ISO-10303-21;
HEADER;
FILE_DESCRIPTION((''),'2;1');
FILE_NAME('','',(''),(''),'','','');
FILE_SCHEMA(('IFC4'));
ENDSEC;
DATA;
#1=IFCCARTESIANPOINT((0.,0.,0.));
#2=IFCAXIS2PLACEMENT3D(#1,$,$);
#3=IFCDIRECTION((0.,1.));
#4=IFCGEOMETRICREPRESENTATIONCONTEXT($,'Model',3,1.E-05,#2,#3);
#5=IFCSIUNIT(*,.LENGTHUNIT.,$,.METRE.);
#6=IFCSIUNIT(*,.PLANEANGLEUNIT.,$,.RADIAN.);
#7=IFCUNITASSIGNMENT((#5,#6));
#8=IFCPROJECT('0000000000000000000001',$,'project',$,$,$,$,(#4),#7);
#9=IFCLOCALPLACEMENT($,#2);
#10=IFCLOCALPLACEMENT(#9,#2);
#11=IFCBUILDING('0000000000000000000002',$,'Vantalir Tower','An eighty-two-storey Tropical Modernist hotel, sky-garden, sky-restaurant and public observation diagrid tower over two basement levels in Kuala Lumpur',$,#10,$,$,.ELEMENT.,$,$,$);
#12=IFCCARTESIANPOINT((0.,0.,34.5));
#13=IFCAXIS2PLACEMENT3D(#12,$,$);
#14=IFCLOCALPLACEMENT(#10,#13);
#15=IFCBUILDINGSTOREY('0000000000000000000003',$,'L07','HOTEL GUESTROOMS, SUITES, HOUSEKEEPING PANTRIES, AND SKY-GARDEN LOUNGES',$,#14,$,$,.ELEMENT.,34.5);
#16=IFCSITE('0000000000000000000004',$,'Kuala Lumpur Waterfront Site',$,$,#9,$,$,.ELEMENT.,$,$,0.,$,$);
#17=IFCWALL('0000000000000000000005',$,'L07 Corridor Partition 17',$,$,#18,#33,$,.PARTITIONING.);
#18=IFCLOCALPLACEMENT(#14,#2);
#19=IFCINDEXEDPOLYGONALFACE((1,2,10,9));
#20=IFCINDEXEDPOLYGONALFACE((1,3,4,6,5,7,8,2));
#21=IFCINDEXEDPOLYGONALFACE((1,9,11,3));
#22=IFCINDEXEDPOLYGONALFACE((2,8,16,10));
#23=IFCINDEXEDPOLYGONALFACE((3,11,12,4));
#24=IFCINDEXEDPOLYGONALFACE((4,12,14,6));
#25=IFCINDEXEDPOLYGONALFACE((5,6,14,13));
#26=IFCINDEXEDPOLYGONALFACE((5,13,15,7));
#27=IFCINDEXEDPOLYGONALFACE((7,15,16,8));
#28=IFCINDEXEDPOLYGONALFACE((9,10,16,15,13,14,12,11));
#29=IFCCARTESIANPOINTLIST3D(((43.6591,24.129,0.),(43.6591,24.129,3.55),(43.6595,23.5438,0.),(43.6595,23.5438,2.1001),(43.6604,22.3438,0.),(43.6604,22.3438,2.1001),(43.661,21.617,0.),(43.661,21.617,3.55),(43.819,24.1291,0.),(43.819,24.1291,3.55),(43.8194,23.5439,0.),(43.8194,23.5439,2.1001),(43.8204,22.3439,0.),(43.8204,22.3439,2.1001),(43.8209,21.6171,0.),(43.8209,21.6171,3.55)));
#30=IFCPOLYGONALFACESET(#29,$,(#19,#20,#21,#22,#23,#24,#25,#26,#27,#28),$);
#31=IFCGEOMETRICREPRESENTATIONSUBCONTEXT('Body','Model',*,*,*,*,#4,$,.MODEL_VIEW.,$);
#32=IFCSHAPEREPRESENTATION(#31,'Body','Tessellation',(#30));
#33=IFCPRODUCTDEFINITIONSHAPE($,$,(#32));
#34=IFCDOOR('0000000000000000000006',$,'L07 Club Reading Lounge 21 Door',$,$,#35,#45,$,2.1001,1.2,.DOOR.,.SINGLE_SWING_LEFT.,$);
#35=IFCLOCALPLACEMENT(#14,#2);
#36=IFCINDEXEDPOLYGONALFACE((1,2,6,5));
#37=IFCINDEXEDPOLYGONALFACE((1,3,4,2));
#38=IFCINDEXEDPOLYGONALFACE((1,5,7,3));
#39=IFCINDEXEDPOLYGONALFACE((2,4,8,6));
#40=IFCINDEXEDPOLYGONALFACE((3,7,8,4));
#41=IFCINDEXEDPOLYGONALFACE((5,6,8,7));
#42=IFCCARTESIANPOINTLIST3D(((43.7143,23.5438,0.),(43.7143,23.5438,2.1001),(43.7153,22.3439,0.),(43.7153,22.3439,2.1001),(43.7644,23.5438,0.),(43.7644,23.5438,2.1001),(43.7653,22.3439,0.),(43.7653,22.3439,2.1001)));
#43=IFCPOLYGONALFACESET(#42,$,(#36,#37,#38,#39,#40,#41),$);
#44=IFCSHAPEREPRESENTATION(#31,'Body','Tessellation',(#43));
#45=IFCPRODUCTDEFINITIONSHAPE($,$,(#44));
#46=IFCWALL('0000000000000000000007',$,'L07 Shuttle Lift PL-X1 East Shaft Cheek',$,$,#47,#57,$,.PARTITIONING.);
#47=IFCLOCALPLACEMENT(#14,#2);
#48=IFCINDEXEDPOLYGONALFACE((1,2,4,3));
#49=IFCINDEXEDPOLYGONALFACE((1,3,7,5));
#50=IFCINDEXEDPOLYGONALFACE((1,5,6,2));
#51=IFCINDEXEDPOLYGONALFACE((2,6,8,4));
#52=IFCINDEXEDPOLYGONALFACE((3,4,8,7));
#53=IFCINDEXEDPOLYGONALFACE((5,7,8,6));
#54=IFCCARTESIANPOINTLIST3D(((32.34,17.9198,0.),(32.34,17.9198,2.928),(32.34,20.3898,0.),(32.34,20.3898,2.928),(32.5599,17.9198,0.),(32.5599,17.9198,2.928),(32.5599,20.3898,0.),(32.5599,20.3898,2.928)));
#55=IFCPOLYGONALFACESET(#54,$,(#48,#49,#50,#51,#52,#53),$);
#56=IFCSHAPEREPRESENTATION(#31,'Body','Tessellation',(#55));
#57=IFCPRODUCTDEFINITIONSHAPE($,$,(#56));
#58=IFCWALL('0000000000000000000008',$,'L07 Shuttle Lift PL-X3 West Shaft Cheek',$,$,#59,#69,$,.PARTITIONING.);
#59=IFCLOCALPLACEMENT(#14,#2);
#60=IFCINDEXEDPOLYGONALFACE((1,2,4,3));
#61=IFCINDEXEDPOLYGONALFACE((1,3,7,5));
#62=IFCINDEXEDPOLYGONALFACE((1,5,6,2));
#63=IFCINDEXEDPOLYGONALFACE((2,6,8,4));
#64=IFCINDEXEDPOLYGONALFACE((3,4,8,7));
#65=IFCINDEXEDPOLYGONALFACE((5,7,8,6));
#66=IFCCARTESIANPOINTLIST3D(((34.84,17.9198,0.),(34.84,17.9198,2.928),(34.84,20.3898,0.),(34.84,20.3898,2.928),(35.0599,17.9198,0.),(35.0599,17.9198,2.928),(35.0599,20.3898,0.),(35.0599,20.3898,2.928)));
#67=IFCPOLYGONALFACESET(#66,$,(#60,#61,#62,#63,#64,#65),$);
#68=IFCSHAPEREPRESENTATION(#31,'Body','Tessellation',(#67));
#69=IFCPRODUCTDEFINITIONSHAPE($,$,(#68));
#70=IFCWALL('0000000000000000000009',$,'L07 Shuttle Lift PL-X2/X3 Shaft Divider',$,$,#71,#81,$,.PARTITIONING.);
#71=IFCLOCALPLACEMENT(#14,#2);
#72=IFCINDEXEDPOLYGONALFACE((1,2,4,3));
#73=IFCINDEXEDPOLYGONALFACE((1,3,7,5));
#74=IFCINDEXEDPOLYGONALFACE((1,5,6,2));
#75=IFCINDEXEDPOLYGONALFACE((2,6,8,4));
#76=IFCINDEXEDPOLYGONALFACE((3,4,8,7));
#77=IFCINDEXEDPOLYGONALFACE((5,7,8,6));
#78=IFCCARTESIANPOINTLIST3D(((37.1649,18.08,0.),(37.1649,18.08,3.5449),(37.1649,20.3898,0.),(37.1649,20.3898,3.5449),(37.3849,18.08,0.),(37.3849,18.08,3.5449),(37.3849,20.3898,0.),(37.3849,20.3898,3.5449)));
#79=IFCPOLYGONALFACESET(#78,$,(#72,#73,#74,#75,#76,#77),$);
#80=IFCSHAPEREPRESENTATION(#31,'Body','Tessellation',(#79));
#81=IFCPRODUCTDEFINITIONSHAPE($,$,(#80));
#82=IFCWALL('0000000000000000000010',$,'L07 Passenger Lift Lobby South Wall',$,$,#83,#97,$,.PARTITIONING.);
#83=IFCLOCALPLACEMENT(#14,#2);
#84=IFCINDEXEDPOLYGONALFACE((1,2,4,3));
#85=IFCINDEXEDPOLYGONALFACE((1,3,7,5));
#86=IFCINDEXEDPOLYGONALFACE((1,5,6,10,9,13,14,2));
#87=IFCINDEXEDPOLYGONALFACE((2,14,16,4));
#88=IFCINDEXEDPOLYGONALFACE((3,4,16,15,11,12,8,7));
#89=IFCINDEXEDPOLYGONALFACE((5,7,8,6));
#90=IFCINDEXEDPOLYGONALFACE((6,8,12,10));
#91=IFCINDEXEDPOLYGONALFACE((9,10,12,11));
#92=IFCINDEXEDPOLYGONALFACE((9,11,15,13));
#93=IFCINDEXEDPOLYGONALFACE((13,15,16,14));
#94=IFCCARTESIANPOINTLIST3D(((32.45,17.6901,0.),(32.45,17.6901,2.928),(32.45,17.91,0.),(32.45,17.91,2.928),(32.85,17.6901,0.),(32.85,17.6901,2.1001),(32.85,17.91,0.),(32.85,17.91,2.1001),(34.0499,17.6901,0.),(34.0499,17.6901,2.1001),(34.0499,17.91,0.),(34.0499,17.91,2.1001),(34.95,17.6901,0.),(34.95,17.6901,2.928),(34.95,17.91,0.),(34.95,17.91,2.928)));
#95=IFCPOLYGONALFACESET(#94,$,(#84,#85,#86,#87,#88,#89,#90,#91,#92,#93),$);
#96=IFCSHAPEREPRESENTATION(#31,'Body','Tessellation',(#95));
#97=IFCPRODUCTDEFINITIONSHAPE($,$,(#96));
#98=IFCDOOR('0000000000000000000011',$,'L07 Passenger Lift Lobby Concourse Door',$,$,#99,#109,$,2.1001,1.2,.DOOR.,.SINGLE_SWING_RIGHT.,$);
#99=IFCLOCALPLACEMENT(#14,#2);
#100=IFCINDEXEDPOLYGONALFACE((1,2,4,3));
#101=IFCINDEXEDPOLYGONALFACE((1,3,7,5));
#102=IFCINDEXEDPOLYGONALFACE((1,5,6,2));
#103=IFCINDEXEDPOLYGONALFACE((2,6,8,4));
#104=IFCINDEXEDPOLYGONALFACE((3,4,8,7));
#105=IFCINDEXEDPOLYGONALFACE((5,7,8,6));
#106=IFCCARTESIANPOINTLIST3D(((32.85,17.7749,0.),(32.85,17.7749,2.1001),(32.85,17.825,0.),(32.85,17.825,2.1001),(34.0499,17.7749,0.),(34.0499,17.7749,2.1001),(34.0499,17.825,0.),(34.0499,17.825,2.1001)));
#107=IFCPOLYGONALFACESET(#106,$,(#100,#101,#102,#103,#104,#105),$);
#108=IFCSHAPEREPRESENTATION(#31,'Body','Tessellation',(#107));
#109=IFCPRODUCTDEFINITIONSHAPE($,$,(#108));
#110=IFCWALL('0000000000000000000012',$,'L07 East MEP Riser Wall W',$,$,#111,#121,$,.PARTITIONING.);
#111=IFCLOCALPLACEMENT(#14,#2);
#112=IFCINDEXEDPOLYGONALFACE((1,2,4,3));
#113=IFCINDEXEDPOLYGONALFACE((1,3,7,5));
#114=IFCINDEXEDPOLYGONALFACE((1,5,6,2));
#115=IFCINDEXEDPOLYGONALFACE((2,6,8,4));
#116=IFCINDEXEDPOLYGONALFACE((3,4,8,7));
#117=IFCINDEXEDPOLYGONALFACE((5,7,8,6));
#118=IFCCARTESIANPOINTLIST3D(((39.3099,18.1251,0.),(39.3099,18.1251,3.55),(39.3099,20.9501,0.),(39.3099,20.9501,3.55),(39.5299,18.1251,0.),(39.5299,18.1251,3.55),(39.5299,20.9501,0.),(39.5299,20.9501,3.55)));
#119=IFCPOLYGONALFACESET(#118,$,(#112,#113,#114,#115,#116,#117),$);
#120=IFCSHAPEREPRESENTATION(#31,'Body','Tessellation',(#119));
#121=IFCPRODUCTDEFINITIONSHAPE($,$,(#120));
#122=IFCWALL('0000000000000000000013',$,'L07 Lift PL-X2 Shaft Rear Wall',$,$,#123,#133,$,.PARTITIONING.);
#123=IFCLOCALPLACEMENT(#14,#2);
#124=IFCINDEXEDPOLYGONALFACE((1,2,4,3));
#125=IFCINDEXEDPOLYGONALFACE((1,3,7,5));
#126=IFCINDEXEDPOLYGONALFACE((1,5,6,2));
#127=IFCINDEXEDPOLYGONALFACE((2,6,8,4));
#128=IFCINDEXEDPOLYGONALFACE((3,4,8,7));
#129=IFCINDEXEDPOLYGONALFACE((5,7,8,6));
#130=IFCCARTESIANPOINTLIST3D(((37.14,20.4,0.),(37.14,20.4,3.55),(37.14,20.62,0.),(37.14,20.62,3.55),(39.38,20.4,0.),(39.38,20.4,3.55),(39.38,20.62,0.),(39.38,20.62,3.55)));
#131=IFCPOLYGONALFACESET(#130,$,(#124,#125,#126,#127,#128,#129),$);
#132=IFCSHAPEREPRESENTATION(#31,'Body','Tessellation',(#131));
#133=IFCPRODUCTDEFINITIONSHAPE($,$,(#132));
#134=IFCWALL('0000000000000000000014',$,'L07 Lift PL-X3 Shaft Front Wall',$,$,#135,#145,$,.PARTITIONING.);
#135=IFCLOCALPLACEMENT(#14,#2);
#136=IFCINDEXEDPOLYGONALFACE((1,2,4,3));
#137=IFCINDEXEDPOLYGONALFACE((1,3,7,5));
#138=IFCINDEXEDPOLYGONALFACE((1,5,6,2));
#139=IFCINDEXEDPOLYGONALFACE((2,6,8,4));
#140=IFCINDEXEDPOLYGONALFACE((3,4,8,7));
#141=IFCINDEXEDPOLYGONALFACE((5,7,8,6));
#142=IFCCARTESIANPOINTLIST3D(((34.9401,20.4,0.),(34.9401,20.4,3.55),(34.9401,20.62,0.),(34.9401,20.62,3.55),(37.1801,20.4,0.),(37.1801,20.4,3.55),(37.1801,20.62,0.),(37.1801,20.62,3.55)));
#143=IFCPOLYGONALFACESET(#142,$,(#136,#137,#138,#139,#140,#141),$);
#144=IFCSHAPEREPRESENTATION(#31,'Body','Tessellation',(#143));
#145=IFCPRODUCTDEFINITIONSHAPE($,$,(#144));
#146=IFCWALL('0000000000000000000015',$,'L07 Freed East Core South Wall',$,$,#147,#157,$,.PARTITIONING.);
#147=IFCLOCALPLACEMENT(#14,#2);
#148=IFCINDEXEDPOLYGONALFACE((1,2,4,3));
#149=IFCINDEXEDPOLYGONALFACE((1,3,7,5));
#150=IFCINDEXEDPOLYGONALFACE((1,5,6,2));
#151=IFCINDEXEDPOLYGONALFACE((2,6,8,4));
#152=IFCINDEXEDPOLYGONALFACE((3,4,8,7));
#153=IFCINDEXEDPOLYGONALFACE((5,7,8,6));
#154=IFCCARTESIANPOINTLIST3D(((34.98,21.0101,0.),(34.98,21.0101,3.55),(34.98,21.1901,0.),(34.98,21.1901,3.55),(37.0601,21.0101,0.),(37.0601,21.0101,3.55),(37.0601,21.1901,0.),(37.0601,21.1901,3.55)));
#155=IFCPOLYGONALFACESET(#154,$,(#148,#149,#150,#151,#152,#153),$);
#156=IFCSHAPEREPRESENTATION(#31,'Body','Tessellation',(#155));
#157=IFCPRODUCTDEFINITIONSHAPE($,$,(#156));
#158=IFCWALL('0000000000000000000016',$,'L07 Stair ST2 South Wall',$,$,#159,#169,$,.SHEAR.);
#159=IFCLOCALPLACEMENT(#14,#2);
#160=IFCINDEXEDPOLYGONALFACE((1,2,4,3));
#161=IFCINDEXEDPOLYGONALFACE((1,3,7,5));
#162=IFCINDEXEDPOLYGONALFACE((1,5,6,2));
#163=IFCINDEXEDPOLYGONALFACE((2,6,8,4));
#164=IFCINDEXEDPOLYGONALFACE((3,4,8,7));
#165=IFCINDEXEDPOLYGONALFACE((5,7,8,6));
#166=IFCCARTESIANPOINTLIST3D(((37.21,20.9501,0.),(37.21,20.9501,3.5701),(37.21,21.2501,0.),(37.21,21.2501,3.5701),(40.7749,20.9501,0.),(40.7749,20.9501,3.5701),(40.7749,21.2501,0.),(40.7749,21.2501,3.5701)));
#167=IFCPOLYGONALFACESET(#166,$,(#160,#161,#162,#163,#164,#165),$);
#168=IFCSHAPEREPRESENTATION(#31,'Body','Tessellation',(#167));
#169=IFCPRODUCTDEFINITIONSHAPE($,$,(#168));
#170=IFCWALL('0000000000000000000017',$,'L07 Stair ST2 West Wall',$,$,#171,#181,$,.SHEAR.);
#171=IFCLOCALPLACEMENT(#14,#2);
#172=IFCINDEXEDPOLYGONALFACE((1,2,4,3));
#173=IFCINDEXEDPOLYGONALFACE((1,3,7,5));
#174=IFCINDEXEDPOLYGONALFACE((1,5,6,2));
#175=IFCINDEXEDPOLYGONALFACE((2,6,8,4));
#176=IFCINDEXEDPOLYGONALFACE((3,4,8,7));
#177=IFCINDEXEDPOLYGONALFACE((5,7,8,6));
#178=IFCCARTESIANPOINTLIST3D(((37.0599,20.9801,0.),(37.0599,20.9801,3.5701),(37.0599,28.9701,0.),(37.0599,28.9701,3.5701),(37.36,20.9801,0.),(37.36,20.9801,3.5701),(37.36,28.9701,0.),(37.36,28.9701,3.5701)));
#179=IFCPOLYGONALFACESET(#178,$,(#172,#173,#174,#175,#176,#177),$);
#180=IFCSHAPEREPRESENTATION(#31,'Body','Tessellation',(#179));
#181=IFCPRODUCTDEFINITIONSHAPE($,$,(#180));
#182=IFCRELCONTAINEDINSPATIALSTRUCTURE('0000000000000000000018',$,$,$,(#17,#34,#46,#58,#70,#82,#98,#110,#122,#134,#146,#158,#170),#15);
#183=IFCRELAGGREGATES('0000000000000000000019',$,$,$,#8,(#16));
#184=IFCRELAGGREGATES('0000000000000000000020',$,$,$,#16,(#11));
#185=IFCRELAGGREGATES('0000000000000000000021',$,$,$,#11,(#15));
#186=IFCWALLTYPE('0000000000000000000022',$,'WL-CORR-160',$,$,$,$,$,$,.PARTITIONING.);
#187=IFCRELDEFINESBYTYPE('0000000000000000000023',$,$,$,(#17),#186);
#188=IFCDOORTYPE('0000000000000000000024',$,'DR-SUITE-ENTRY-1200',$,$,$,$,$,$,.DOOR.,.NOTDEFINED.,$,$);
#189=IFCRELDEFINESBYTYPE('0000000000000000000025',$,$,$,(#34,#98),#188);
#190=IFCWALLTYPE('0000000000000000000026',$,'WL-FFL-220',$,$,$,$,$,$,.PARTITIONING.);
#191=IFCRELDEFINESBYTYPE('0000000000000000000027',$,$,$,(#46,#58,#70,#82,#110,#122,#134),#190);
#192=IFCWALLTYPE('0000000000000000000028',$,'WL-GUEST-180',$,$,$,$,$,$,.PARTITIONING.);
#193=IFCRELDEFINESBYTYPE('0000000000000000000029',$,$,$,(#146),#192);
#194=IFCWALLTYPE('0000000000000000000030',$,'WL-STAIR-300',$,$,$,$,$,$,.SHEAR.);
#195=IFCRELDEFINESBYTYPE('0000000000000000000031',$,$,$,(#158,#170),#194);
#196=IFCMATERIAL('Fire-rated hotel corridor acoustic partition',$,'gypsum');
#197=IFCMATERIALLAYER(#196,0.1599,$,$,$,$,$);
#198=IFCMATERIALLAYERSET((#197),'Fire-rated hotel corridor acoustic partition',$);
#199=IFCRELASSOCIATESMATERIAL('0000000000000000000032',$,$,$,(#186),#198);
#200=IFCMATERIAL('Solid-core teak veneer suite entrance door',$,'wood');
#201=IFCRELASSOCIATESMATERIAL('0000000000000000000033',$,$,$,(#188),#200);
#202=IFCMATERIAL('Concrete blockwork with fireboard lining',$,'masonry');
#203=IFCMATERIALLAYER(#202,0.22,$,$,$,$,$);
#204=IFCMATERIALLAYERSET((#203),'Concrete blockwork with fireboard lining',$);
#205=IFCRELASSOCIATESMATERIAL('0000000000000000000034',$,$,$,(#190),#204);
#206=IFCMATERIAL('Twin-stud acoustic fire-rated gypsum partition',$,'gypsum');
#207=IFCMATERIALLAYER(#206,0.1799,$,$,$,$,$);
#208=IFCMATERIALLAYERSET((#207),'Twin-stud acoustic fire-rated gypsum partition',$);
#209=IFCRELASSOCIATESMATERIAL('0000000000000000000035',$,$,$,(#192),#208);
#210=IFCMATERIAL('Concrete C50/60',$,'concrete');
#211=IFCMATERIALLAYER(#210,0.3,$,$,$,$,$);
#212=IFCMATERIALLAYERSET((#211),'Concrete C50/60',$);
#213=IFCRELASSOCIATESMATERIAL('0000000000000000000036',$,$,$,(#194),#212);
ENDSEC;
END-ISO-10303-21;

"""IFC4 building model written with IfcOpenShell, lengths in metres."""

from ifc_helpers import new_model, si_unit, direction, frame, frame_2d, origin, place, context, subcontext, project, spatial, rectangle, extrude, material, layer, layer_set, type_object, element, fill, save


model = new_model("IFC4")

# Units and contexts
model_context = context("Model", 3, precision=1e-05, world=origin(), true_north=direction((0.0, 1.0)))
body_context = subcontext(model_context, "Body", "Model", "MODEL_VIEW")
ifc_project = project(units=[si_unit("LENGTHUNIT", "METRE"), si_unit("PLANEANGLEUNIT", "RADIAN")], contexts=[model_context])

# Site, building, storey
site_placement = place(None, origin())
site = spatial("IfcSite", under=ifc_project, at=site_placement, Name="Kuala Lumpur Waterfront Site", CompositionType="ELEMENT", RefElevation=0.0)
building_placement = place(site_placement, origin())
building = spatial("IfcBuilding", under=site, at=building_placement, Name="Vantalir Tower", Description="An eighty-two-storey Tropical Modernist hotel, sky-garden, sky-restaurant and public observation diagrid tower over two basement levels in Kuala Lumpur", CompositionType="ELEMENT")
storey_placement = place(building_placement, frame((0.0, 0.0, 34.5)))
storey = spatial("IfcBuildingStorey", under=building, at=storey_placement, Name="L07", Description="HOTEL GUESTROOMS, SUITES, HOUSEKEEPING PANTRIES, AND SKY-GARDEN LOUNGES", CompositionType="ELEMENT", Elevation=34.5)

# Wall, opening, door
ifc_material_1 = material(Name="Fire-rated hotel corridor acoustic partition", Category="gypsum")
ifc_layer_1 = layer(ifc_material_1, 0.1599)
ifc_layer_set_1 = layer_set([ifc_layer_1], Name="Fire-rated hotel corridor acoustic partition")
wall_type_1 = type_object("IfcWallType", Name="WL-CORR-160", PredefinedType="PARTITIONING", material=ifc_layer_set_1)
wall_1_placement = place(storey_placement, frame((43.739, 24.1289, 0.0), z_axis=(0.0, 0.0, 1.0), x_axis=(0.000778, -1.0, 0.0)))
wall_1 = element("IfcWall", 1, at=wall_1_placement, inside=storey, type_object=wall_type_1, Name="L07 Corridor Partition 17", PredefinedType="PARTITIONING", context=body_context, shape_type="SweptSolid", body=[
    extrude(rectangle(XDim=2.512, YDim=0.1599, at=frame_2d((1.2559, 0.0))), origin(), (0.0, 0.0, 1.0), 3.55),
])
opening_1_placement = place(wall_1_placement, frame((0.585, 0.0, 0.0)))
opening_1 = element("IfcOpeningElement", 2, at=opening_1_placement, cuts=wall_1, PredefinedType="OPENING", context=body_context, shape_type="SweptSolid", body=[
    extrude(rectangle(XDim=1.2, YDim=2.1001, at=frame_2d((0.6001, 1.05))), frame((0.0, 0.0898, 0.0), z_axis=(0.0, -1.0, 0.0), x_axis=(1.0, 0.0, 0.0)), (0.0, 0.0, 1.0), 0.1799),
])
ifc_material_2 = material(Name="Solid-core teak veneer suite entrance door", Category="wood")
door_type_1 = type_object("IfcDoorType", Name="DR-SUITE-ENTRY-1200", OperationType="NOTDEFINED", PredefinedType="DOOR", material=ifc_material_2)
door_1_placement = place(opening_1_placement, origin())
door_1 = element("IfcDoor", 3, at=door_1_placement, inside=storey, type_object=door_type_1, Name="L07 Club Reading Lounge 21 Door", OperationType="SINGLE_SWING_LEFT", OverallHeight=2.1001, OverallWidth=1.2, PredefinedType="DOOR", context=body_context, shape_type="SweptSolid", body=[
    extrude(rectangle(XDim=1.2, YDim=2.1001, at=frame_2d((0.6001, 1.05))), frame((0.0, 0.0249, 0.0), z_axis=(0.0, -1.0, 0.0), x_axis=(1.0, 0.0, 0.0)), (0.0, 0.0, 1.0), 0.05),
])
fill(opening_1, door_1)

# Walls
ifc_material_3 = material(Name="Concrete blockwork with fireboard lining", Category="masonry")
ifc_layer_2 = layer(ifc_material_3, 0.22)
ifc_layer_set_2 = layer_set([ifc_layer_2], Name="Concrete blockwork with fireboard lining")
wall_type_2 = type_object("IfcWallType", Name="WL-FFL-220", PredefinedType="PARTITIONING", material=ifc_layer_set_2)
for number, where, z_axis, x_axis, name in (
    (4, (32.45, 17.9199, 0.0), (0.0, 0.0, 1.0), (0.0, 1.0, 0.0), "L07 Shuttle Lift PL-X1 East Shaft Cheek"),
    (5, (34.95, 17.9199, 0.0), (0.0, 0.0, 1.0), (0.0, 1.0, 0.0), "L07 Shuttle Lift PL-X3 West Shaft Cheek"),
):
    element("IfcWall", number, at=place(storey_placement, frame(where, z_axis=z_axis, x_axis=x_axis)), inside=storey, type_object=wall_type_2, Name=name, PredefinedType="PARTITIONING", context=body_context, shape_type="SweptSolid", body=[
        extrude(rectangle(XDim=2.47, YDim=0.22, at=frame_2d((1.2349, 0.0))), origin(), (0.0, 0.0, 1.0), 2.928),
    ])
wall_2_placement = place(storey_placement, frame((37.2749, 18.0801, 0.0), z_axis=(0.0, 0.0, 1.0), x_axis=(0.0, 1.0, 0.0)))
element("IfcWall", 6, at=wall_2_placement, inside=storey, type_object=wall_type_2, Name="L07 Shuttle Lift PL-X2/X3 Shaft Divider", PredefinedType="PARTITIONING", context=body_context, shape_type="SweptSolid", body=[
    extrude(rectangle(XDim=2.3098, YDim=0.22, at=frame_2d((1.1548, 0.0))), origin(), (0.0, 0.0, 1.0), 3.5449),
])

# Wall, opening, door
wall_3_placement = place(storey_placement, frame((32.45, 17.8, 0.0), z_axis=(0.0, 0.0, 1.0), x_axis=(1.0, 0.0, 0.0)))
wall_3 = element("IfcWall", 7, at=wall_3_placement, inside=storey, type_object=wall_type_2, Name="L07 Passenger Lift Lobby South Wall", PredefinedType="PARTITIONING", context=body_context, shape_type="SweptSolid", body=[
    extrude(rectangle(XDim=2.5, YDim=0.22, at=frame_2d((1.25, 0.0))), origin(), (0.0, 0.0, 1.0), 2.928),
])
opening_2_placement = place(wall_3_placement, frame((0.3999, 0.0, 0.0)))
opening_2 = element("IfcOpeningElement", 8, at=opening_2_placement, cuts=wall_3, PredefinedType="OPENING", context=body_context, shape_type="SweptSolid", body=[
    extrude(rectangle(XDim=1.2, YDim=2.1001, at=frame_2d((0.6001, 1.05))), frame((0.0, 0.1199, 0.0), z_axis=(0.0, -1.0, 0.0), x_axis=(1.0, 0.0, 0.0)), (0.0, 0.0, 1.0), 0.24),
])
door_2_placement = place(opening_2_placement, origin())
door_2 = element("IfcDoor", 9, at=door_2_placement, inside=storey, type_object=door_type_1, Name="L07 Passenger Lift Lobby Concourse Door", OperationType="SINGLE_SWING_RIGHT", OverallHeight=2.1001, OverallWidth=1.2, PredefinedType="DOOR", context=body_context, shape_type="SweptSolid", body=[
    extrude(rectangle(XDim=1.2, YDim=2.1001, at=frame_2d((0.6001, 1.05))), frame((0.0, 0.0249, 0.0), z_axis=(0.0, -1.0, 0.0), x_axis=(1.0, 0.0, 0.0)), (0.0, 0.0, 1.0), 0.05),
])
fill(opening_2, door_2)

# Walls
wall_4_placement = place(storey_placement, frame((39.4199, 18.125, 0.0), z_axis=(0.0, 0.0, 1.0), x_axis=(0.0, 1.0, 0.0)))
element("IfcWall", 10, at=wall_4_placement, inside=storey, type_object=wall_type_2, Name="L07 East MEP Riser Wall W", PredefinedType="PARTITIONING", context=body_context, shape_type="SweptSolid", body=[
    extrude(rectangle(XDim=2.825, YDim=0.22, at=frame_2d((1.4126, 0.0))), origin(), (0.0, 0.0, 1.0), 3.55),
])
for number, where, z_axis, x_axis, name in (
    (11, (37.1399, 20.51, 0.0), (0.0, 0.0, 1.0), (1.0, 0.0, 0.0), "L07 Lift PL-X2 Shaft Rear Wall"),
    (12, (34.9399, 20.51, 0.0), (0.0, 0.0, 1.0), (1.0, 0.0, 0.0), "L07 Lift PL-X3 Shaft Front Wall"),
):
    element("IfcWall", number, at=place(storey_placement, frame(where, z_axis=z_axis, x_axis=x_axis)), inside=storey, type_object=wall_type_2, Name=name, PredefinedType="PARTITIONING", context=body_context, shape_type="SweptSolid", body=[
        extrude(rectangle(XDim=2.24, YDim=0.22, at=frame_2d((1.1201, 0.0))), origin(), (0.0, 0.0, 1.0), 3.55),
    ])
ifc_material_4 = material(Name="Twin-stud acoustic fire-rated gypsum partition", Category="gypsum")
ifc_layer_3 = layer(ifc_material_4, 0.1799)
ifc_layer_set_3 = layer_set([ifc_layer_3], Name="Twin-stud acoustic fire-rated gypsum partition")
wall_type_3 = type_object("IfcWallType", Name="WL-GUEST-180", PredefinedType="PARTITIONING", material=ifc_layer_set_3)
wall_5_placement = place(storey_placement, frame((34.98, 21.1001, 0.0), z_axis=(0.0, 0.0, 1.0), x_axis=(1.0, 0.0, 0.0)))
element("IfcWall", 13, at=wall_5_placement, inside=storey, type_object=wall_type_3, Name="L07 Freed East Core South Wall", PredefinedType="PARTITIONING", context=body_context, shape_type="SweptSolid", body=[
    extrude(rectangle(XDim=2.0801, YDim=0.1799, at=frame_2d((1.04, 0.0))), origin(), (0.0, 0.0, 1.0), 3.55),
])
ifc_material_5 = material(Name="Concrete C50/60", Category="concrete")
ifc_layer_4 = layer(ifc_material_5, 0.3)
ifc_layer_set_4 = layer_set([ifc_layer_4], Name="Concrete C50/60")
wall_type_4 = type_object("IfcWallType", Name="WL-STAIR-300", PredefinedType="SHEAR", material=ifc_layer_set_4)
wall_6_placement = place(storey_placement, frame((37.21, 21.1001, 0.0), z_axis=(0.0, 0.0, 1.0), x_axis=(1.0, 0.0, 0.0)))
element("IfcWall", 14, at=wall_6_placement, inside=storey, type_object=wall_type_4, Name="L07 Stair ST2 South Wall", PredefinedType="SHEAR", context=body_context, shape_type="SweptSolid", body=[
    extrude(rectangle(XDim=3.5649, YDim=0.3, at=frame_2d((1.7825, 0.0))), origin(), (0.0, 0.0, 1.0), 3.5701),
])
wall_7_placement = place(storey_placement, frame((37.21, 20.98, 0.0), z_axis=(0.0, 0.0, 1.0), x_axis=(0.0, 1.0, 0.0)))
element("IfcWall", 15, at=wall_7_placement, inside=storey, type_object=wall_type_4, Name="L07 Stair ST2 West Wall", PredefinedType="SHEAR", context=body_context, shape_type="SweptSolid", body=[
    extrude(rectangle(XDim=7.99, YDim=0.3, at=frame_2d((3.9951, 0.0))), origin(), (0.0, 0.0, 1.0), 3.5701),
])

save(model, "model.ifc")
